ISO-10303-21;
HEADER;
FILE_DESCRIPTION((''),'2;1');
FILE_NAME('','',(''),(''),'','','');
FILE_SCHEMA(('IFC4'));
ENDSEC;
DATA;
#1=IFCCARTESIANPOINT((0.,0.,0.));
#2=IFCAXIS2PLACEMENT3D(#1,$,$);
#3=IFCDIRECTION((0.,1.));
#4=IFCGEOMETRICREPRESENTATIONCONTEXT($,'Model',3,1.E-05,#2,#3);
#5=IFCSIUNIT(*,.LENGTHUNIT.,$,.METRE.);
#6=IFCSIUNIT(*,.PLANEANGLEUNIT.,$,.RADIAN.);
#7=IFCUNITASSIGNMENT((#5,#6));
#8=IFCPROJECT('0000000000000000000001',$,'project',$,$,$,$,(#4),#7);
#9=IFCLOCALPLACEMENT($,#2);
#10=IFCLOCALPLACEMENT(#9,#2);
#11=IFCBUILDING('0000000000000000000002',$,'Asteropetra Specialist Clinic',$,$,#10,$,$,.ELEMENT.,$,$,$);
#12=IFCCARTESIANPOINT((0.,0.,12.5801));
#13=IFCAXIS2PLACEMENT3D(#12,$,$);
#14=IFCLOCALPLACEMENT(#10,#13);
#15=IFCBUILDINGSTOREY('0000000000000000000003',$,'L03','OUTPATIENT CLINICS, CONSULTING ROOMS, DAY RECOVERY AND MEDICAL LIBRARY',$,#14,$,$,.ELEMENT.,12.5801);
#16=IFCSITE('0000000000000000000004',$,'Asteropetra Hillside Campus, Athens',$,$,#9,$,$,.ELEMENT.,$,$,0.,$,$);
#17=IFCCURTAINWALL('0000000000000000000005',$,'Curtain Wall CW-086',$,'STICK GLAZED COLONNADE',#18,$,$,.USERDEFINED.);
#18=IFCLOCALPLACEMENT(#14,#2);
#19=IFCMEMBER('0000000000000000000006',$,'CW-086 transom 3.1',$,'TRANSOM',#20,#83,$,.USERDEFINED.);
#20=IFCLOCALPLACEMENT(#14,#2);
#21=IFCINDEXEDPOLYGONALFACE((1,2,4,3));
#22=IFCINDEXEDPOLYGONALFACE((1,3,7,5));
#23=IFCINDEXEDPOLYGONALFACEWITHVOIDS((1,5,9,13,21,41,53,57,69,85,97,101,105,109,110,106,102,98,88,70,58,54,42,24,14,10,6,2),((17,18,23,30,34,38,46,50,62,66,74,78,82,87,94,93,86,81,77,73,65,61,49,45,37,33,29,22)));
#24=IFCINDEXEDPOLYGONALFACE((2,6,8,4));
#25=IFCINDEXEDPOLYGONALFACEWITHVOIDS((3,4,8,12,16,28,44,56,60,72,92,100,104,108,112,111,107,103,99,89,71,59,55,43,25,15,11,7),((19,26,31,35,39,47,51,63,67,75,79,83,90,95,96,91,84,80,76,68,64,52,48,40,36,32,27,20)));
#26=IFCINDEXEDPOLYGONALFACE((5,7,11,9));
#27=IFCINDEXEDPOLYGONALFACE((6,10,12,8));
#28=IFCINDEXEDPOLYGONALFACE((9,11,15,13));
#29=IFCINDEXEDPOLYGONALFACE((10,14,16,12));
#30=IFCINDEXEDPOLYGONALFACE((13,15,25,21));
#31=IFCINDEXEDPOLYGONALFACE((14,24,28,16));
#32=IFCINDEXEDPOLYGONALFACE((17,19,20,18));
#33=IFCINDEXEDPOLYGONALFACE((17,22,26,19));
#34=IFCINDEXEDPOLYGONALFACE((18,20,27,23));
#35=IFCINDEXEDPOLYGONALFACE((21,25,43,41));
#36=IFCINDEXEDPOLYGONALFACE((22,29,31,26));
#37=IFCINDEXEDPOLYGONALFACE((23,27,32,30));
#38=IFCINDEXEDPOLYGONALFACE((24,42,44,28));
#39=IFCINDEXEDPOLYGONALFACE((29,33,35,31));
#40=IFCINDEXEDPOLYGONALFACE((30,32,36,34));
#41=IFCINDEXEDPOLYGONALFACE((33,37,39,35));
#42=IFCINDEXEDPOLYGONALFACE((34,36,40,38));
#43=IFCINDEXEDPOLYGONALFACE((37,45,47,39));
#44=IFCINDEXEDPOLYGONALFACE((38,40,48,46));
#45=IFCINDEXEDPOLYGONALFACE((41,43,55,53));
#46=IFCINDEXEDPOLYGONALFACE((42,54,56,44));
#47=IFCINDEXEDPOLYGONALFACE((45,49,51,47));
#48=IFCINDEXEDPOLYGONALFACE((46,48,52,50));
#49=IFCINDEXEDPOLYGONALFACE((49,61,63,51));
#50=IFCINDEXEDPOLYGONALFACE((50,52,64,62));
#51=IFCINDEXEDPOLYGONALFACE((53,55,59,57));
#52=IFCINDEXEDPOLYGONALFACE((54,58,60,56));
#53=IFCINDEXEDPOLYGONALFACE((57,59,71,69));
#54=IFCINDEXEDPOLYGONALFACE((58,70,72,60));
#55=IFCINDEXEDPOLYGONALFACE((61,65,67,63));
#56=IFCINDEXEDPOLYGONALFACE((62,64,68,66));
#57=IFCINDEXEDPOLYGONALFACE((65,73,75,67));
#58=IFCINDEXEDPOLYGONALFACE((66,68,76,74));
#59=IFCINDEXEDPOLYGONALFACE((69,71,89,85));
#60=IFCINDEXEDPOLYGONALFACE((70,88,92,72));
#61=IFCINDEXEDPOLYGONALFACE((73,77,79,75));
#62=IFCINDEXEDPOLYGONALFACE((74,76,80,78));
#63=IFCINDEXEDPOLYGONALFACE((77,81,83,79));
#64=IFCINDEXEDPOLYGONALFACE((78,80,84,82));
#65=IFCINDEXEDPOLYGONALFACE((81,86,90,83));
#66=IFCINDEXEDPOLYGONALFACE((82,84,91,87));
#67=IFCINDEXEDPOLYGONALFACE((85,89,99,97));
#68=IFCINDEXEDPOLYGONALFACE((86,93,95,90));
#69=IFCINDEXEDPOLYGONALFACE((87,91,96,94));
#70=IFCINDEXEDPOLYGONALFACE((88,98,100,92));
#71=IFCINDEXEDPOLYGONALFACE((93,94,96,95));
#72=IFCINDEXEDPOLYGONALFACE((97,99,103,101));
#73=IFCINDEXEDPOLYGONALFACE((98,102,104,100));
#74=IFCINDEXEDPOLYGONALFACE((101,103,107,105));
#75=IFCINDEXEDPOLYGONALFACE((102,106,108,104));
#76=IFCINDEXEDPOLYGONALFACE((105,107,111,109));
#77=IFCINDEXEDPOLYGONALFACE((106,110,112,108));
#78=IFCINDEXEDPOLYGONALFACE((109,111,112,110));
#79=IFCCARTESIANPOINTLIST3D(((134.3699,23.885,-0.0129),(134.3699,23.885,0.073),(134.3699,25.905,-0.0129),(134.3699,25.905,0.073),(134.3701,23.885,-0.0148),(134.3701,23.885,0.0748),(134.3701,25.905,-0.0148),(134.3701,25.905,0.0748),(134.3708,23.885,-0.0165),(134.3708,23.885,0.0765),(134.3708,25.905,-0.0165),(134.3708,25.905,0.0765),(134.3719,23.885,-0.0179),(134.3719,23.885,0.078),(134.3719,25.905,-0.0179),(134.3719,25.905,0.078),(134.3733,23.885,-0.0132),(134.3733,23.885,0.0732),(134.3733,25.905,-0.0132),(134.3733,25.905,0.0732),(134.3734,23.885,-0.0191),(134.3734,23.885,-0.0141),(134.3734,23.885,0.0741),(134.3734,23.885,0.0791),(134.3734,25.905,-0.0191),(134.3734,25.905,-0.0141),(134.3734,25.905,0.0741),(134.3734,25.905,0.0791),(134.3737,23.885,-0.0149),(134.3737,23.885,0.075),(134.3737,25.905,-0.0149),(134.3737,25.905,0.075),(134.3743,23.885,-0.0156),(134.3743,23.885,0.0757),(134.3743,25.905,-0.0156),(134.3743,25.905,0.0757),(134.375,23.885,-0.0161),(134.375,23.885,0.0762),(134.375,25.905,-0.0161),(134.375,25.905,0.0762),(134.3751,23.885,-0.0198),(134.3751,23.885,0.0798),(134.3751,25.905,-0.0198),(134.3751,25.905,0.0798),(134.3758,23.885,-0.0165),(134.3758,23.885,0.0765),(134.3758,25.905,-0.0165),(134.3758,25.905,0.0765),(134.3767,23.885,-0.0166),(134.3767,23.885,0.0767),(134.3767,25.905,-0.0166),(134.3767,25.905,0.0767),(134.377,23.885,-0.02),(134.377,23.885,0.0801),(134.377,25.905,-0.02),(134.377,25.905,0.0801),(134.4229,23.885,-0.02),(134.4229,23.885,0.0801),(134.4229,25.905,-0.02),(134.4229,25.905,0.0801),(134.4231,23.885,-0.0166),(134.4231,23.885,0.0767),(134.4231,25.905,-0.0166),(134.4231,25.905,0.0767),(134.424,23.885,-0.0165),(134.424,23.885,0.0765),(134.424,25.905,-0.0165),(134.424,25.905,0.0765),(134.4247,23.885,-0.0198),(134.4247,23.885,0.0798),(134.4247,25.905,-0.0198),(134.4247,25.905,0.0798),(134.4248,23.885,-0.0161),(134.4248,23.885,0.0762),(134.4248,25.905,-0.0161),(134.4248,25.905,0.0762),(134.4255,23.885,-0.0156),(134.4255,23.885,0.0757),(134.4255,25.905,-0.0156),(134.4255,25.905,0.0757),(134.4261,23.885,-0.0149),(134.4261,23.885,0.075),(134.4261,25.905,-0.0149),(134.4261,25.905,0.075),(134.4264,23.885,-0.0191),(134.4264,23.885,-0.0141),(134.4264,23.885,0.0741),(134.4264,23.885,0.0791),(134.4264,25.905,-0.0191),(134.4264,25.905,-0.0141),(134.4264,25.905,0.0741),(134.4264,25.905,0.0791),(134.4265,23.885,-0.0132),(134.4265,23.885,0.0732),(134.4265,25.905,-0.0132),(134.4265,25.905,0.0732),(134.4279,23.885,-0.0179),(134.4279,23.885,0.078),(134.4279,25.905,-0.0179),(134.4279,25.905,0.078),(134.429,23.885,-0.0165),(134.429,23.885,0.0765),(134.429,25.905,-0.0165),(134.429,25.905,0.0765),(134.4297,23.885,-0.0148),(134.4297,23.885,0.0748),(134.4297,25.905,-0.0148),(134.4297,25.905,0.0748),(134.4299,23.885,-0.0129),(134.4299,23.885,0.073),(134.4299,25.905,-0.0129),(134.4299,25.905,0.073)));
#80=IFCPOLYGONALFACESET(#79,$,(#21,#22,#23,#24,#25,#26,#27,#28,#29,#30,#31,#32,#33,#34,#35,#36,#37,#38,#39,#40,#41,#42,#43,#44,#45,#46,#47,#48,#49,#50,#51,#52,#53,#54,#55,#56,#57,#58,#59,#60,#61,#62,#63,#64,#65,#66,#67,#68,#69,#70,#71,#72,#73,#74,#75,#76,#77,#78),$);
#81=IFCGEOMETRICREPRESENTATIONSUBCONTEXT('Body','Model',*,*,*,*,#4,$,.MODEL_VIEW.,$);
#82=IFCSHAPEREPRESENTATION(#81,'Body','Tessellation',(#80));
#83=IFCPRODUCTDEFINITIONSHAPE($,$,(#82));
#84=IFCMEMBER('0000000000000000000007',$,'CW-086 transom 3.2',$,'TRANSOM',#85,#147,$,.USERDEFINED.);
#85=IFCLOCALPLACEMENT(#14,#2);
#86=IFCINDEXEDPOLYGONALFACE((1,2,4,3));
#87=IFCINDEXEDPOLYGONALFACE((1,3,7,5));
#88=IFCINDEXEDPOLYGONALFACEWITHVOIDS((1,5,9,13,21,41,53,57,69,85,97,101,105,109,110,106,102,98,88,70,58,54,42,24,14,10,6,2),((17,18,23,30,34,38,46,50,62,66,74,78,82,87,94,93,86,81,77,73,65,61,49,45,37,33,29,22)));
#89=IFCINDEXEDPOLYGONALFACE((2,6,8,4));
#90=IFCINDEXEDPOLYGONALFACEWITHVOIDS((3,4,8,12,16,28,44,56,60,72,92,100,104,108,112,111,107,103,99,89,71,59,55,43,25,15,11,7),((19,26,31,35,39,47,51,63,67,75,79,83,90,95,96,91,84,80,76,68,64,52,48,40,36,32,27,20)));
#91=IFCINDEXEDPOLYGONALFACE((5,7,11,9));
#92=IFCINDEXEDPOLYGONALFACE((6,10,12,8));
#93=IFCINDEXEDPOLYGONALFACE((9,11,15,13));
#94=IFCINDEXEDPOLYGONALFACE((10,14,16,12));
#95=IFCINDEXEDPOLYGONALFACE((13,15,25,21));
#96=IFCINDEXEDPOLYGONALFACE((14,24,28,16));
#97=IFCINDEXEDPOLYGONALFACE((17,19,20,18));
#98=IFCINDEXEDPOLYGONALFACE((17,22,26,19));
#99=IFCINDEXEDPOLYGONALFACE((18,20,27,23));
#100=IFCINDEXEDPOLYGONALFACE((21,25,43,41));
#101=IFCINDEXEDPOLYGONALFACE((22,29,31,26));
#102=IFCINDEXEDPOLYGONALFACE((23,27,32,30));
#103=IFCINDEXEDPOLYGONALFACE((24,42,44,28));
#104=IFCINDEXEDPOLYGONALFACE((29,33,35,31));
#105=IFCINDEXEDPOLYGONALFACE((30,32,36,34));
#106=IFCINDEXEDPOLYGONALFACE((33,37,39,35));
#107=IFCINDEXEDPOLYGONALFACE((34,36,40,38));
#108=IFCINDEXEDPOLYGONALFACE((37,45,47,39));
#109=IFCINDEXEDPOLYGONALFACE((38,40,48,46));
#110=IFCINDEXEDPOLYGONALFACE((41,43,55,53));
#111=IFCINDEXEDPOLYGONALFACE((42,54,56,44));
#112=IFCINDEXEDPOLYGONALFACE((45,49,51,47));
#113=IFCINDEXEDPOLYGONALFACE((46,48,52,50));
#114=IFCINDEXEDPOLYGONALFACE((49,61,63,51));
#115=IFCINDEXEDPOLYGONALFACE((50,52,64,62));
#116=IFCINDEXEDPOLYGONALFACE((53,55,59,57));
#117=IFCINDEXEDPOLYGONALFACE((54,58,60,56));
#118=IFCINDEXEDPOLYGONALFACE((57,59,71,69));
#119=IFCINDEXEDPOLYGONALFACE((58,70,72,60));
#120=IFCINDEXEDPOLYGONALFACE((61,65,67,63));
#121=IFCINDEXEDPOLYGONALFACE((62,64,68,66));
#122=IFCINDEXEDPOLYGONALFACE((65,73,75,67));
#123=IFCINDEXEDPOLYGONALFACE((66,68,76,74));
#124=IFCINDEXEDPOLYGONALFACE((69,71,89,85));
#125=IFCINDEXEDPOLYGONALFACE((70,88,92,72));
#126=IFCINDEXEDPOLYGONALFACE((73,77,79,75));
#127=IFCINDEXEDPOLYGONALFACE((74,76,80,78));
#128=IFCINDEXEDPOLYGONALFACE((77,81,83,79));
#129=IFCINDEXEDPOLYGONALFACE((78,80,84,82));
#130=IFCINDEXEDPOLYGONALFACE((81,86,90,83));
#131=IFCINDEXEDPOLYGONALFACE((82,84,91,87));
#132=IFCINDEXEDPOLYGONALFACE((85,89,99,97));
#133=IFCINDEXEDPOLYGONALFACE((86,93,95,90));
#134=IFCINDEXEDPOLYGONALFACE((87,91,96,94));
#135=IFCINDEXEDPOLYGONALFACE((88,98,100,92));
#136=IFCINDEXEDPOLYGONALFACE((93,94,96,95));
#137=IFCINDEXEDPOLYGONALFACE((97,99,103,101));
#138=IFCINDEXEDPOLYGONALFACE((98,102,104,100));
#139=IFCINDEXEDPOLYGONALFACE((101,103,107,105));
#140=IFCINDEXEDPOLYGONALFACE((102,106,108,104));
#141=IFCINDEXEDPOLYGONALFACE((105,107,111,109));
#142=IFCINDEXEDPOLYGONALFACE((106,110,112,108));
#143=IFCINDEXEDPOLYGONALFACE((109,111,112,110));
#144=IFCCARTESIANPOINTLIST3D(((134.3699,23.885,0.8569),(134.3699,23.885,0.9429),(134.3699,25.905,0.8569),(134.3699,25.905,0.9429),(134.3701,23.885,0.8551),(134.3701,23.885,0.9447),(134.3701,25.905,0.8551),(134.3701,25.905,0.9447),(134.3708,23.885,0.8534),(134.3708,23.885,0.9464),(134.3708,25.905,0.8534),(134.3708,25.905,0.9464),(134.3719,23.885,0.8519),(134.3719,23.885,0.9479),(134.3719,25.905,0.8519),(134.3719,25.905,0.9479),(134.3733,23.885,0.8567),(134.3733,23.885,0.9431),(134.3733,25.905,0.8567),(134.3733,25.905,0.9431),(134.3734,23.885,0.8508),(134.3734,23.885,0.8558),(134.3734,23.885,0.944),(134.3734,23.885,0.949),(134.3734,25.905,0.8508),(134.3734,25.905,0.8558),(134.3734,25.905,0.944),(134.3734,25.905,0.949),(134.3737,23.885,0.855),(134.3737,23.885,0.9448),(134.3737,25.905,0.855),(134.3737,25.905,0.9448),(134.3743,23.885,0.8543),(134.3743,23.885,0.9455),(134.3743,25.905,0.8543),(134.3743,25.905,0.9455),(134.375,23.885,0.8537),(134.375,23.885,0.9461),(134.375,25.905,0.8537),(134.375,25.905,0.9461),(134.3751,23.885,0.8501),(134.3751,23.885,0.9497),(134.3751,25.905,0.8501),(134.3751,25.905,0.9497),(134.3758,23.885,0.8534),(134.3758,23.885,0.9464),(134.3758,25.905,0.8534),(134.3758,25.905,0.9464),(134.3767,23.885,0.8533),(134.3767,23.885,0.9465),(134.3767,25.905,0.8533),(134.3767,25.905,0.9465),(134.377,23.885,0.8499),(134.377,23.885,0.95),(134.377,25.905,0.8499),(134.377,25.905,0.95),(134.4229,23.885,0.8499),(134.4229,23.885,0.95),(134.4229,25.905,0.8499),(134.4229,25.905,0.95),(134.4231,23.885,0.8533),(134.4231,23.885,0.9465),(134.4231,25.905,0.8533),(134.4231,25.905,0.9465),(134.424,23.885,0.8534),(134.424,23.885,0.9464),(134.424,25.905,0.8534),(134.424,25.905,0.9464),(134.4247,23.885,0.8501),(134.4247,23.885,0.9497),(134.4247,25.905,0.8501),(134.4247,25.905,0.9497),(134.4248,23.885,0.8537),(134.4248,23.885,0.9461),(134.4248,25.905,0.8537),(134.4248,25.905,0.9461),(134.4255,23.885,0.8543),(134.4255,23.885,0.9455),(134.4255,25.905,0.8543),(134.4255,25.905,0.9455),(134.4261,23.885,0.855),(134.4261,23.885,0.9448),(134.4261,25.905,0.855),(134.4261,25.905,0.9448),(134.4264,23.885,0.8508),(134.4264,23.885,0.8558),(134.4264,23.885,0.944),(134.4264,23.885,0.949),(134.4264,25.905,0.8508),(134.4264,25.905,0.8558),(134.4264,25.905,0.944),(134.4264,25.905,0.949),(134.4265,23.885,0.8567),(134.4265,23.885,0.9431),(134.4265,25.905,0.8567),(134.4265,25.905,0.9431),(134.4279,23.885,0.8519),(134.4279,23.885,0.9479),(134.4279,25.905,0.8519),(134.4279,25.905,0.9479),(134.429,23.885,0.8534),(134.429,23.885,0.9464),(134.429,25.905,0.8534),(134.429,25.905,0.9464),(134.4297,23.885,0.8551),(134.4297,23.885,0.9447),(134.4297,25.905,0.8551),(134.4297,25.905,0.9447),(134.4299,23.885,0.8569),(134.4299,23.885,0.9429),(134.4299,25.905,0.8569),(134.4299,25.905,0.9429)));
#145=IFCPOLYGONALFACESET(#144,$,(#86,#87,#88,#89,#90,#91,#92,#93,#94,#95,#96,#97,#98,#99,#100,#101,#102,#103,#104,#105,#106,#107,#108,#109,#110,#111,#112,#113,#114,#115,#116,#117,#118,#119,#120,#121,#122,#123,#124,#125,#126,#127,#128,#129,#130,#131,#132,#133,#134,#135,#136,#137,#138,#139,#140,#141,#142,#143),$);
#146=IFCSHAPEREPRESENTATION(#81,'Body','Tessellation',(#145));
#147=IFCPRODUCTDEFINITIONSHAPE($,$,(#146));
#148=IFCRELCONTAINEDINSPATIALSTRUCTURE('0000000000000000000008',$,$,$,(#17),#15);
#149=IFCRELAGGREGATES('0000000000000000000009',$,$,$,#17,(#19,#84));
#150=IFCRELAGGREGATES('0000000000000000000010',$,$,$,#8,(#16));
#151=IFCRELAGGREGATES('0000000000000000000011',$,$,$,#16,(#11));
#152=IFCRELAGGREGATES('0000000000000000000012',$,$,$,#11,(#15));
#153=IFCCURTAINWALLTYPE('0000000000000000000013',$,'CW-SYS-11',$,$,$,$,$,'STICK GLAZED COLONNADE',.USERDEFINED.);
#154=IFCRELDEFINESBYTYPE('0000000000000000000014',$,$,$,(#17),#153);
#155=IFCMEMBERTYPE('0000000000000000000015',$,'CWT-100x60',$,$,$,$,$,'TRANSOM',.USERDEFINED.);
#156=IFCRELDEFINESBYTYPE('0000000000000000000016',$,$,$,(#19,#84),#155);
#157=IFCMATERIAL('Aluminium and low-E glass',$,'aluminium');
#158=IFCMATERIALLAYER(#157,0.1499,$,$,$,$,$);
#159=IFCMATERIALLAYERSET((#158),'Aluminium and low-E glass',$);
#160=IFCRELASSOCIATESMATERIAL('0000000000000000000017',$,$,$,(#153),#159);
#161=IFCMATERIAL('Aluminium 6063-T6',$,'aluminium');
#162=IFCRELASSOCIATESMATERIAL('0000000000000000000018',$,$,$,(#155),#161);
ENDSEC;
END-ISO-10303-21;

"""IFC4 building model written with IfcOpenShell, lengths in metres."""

from ifc_helpers import new_model, si_unit, direction, frame, origin, origin_2d, place, context, subcontext, project, spatial, hollow_rectangle, extrude, material, layer, layer_set, material_profile, profile_set, type_object, element, aggregate, save


model = new_model("IFC4")

# Units and contexts
model_context = context("Model", 3, precision=1e-05, world=origin(), true_north=direction((0.0, 1.0)))
body_context = subcontext(model_context, "Body", "Model", "MODEL_VIEW")
ifc_project = project(units=[si_unit("LENGTHUNIT", "METRE"), si_unit("PLANEANGLEUNIT", "RADIAN")], contexts=[model_context])

# Site, building, storey
site_placement = place(None, origin())
site = spatial("IfcSite", under=ifc_project, at=site_placement, Name="Asteropetra Hillside Campus, Athens", CompositionType="ELEMENT", RefElevation=0.0)
building_placement = place(site_placement, origin())
building = spatial("IfcBuilding", under=site, at=building_placement, Name="Asteropetra Specialist Clinic", CompositionType="ELEMENT")
storey_placement = place(building_placement, frame((0.0, 0.0, 12.5801)))
storey = spatial("IfcBuildingStorey", under=building, at=storey_placement, Name="L03", Description="OUTPATIENT CLINICS, CONSULTING ROOMS, DAY RECOVERY AND MEDICAL LIBRARY", CompositionType="ELEMENT", Elevation=12.5801)

# Curtain wall, members
ifc_material_1 = material(Name="Aluminium and low-E glass", Category="aluminium")
ifc_layer_1 = layer(ifc_material_1, 0.1499)
ifc_layer_set_1 = layer_set([ifc_layer_1], Name="Aluminium and low-E glass")
curtain_wall_type_1 = type_object("IfcCurtainWallType", Name="CW-SYS-11", ElementType="STICK GLAZED COLONNADE", PredefinedType="USERDEFINED", material=ifc_layer_set_1)
curtain_wall_1_placement = place(storey_placement, origin())
curtain_wall_1 = element("IfcCurtainWall", 1, at=curtain_wall_1_placement, inside=storey, type_object=curtain_wall_type_1, Name="Curtain Wall CW-086", ObjectType="STICK GLAZED COLONNADE", PredefinedType="USERDEFINED")
ifc_material_2 = material(Name="Aluminium 6063-T6", Category="aluminium")
ifc_material_profile_1 = material_profile(ifc_material_2, hollow_rectangle(XDim=0.0601, YDim=0.1001, WallThickness=0.0034, InnerFilletRadius=0.0034, OuterFilletRadius=0.0071, at=origin_2d()), Name="TRN 100x60x3.5")
ifc_profile_set_1 = profile_set([ifc_material_profile_1], Name="Aluminium 6063-T6")
member_type_1 = type_object("IfcMemberType", Name="CWT-100x60", ElementType="TRANSOM", PredefinedType="USERDEFINED", material=ifc_profile_set_1)
member_1_placement = place(storey_placement, frame((134.3999, 23.885, 0.03), z_axis=(0.0, 1.0, 0.0), x_axis=(-1.0, 0.0, 0.0)))
member_1 = element("IfcMember", 2, at=member_1_placement, type_object=member_type_1, Name="CW-086 transom 3.1", ObjectType="TRANSOM", PredefinedType="USERDEFINED", context=body_context, shape_type="SweptSolid", body=[
    extrude(hollow_rectangle(XDim=0.0601, YDim=0.1001, WallThickness=0.0034, InnerFilletRadius=0.0034, OuterFilletRadius=0.0071, at=origin_2d()), origin(), (0.0, 0.0, 1.0), 2.02),
])
member_2_placement = place(storey_placement, frame((134.3999, 23.885, 0.8999), z_axis=(0.0, 1.0, 0.0), x_axis=(-1.0, 0.0, 0.0)))
member_2 = element("IfcMember", 3, at=member_2_placement, type_object=member_type_1, Name="CW-086 transom 3.2", ObjectType="TRANSOM", PredefinedType="USERDEFINED", context=body_context, shape_type="SweptSolid", body=[
    extrude(hollow_rectangle(XDim=0.0601, YDim=0.1001, WallThickness=0.0034, InnerFilletRadius=0.0034, OuterFilletRadius=0.0071, at=origin_2d()), origin(), (0.0, 0.0, 1.0), 2.02),
])

aggregate(curtain_wall_1, [member_1, member_2])

save(model, "model.ifc")
